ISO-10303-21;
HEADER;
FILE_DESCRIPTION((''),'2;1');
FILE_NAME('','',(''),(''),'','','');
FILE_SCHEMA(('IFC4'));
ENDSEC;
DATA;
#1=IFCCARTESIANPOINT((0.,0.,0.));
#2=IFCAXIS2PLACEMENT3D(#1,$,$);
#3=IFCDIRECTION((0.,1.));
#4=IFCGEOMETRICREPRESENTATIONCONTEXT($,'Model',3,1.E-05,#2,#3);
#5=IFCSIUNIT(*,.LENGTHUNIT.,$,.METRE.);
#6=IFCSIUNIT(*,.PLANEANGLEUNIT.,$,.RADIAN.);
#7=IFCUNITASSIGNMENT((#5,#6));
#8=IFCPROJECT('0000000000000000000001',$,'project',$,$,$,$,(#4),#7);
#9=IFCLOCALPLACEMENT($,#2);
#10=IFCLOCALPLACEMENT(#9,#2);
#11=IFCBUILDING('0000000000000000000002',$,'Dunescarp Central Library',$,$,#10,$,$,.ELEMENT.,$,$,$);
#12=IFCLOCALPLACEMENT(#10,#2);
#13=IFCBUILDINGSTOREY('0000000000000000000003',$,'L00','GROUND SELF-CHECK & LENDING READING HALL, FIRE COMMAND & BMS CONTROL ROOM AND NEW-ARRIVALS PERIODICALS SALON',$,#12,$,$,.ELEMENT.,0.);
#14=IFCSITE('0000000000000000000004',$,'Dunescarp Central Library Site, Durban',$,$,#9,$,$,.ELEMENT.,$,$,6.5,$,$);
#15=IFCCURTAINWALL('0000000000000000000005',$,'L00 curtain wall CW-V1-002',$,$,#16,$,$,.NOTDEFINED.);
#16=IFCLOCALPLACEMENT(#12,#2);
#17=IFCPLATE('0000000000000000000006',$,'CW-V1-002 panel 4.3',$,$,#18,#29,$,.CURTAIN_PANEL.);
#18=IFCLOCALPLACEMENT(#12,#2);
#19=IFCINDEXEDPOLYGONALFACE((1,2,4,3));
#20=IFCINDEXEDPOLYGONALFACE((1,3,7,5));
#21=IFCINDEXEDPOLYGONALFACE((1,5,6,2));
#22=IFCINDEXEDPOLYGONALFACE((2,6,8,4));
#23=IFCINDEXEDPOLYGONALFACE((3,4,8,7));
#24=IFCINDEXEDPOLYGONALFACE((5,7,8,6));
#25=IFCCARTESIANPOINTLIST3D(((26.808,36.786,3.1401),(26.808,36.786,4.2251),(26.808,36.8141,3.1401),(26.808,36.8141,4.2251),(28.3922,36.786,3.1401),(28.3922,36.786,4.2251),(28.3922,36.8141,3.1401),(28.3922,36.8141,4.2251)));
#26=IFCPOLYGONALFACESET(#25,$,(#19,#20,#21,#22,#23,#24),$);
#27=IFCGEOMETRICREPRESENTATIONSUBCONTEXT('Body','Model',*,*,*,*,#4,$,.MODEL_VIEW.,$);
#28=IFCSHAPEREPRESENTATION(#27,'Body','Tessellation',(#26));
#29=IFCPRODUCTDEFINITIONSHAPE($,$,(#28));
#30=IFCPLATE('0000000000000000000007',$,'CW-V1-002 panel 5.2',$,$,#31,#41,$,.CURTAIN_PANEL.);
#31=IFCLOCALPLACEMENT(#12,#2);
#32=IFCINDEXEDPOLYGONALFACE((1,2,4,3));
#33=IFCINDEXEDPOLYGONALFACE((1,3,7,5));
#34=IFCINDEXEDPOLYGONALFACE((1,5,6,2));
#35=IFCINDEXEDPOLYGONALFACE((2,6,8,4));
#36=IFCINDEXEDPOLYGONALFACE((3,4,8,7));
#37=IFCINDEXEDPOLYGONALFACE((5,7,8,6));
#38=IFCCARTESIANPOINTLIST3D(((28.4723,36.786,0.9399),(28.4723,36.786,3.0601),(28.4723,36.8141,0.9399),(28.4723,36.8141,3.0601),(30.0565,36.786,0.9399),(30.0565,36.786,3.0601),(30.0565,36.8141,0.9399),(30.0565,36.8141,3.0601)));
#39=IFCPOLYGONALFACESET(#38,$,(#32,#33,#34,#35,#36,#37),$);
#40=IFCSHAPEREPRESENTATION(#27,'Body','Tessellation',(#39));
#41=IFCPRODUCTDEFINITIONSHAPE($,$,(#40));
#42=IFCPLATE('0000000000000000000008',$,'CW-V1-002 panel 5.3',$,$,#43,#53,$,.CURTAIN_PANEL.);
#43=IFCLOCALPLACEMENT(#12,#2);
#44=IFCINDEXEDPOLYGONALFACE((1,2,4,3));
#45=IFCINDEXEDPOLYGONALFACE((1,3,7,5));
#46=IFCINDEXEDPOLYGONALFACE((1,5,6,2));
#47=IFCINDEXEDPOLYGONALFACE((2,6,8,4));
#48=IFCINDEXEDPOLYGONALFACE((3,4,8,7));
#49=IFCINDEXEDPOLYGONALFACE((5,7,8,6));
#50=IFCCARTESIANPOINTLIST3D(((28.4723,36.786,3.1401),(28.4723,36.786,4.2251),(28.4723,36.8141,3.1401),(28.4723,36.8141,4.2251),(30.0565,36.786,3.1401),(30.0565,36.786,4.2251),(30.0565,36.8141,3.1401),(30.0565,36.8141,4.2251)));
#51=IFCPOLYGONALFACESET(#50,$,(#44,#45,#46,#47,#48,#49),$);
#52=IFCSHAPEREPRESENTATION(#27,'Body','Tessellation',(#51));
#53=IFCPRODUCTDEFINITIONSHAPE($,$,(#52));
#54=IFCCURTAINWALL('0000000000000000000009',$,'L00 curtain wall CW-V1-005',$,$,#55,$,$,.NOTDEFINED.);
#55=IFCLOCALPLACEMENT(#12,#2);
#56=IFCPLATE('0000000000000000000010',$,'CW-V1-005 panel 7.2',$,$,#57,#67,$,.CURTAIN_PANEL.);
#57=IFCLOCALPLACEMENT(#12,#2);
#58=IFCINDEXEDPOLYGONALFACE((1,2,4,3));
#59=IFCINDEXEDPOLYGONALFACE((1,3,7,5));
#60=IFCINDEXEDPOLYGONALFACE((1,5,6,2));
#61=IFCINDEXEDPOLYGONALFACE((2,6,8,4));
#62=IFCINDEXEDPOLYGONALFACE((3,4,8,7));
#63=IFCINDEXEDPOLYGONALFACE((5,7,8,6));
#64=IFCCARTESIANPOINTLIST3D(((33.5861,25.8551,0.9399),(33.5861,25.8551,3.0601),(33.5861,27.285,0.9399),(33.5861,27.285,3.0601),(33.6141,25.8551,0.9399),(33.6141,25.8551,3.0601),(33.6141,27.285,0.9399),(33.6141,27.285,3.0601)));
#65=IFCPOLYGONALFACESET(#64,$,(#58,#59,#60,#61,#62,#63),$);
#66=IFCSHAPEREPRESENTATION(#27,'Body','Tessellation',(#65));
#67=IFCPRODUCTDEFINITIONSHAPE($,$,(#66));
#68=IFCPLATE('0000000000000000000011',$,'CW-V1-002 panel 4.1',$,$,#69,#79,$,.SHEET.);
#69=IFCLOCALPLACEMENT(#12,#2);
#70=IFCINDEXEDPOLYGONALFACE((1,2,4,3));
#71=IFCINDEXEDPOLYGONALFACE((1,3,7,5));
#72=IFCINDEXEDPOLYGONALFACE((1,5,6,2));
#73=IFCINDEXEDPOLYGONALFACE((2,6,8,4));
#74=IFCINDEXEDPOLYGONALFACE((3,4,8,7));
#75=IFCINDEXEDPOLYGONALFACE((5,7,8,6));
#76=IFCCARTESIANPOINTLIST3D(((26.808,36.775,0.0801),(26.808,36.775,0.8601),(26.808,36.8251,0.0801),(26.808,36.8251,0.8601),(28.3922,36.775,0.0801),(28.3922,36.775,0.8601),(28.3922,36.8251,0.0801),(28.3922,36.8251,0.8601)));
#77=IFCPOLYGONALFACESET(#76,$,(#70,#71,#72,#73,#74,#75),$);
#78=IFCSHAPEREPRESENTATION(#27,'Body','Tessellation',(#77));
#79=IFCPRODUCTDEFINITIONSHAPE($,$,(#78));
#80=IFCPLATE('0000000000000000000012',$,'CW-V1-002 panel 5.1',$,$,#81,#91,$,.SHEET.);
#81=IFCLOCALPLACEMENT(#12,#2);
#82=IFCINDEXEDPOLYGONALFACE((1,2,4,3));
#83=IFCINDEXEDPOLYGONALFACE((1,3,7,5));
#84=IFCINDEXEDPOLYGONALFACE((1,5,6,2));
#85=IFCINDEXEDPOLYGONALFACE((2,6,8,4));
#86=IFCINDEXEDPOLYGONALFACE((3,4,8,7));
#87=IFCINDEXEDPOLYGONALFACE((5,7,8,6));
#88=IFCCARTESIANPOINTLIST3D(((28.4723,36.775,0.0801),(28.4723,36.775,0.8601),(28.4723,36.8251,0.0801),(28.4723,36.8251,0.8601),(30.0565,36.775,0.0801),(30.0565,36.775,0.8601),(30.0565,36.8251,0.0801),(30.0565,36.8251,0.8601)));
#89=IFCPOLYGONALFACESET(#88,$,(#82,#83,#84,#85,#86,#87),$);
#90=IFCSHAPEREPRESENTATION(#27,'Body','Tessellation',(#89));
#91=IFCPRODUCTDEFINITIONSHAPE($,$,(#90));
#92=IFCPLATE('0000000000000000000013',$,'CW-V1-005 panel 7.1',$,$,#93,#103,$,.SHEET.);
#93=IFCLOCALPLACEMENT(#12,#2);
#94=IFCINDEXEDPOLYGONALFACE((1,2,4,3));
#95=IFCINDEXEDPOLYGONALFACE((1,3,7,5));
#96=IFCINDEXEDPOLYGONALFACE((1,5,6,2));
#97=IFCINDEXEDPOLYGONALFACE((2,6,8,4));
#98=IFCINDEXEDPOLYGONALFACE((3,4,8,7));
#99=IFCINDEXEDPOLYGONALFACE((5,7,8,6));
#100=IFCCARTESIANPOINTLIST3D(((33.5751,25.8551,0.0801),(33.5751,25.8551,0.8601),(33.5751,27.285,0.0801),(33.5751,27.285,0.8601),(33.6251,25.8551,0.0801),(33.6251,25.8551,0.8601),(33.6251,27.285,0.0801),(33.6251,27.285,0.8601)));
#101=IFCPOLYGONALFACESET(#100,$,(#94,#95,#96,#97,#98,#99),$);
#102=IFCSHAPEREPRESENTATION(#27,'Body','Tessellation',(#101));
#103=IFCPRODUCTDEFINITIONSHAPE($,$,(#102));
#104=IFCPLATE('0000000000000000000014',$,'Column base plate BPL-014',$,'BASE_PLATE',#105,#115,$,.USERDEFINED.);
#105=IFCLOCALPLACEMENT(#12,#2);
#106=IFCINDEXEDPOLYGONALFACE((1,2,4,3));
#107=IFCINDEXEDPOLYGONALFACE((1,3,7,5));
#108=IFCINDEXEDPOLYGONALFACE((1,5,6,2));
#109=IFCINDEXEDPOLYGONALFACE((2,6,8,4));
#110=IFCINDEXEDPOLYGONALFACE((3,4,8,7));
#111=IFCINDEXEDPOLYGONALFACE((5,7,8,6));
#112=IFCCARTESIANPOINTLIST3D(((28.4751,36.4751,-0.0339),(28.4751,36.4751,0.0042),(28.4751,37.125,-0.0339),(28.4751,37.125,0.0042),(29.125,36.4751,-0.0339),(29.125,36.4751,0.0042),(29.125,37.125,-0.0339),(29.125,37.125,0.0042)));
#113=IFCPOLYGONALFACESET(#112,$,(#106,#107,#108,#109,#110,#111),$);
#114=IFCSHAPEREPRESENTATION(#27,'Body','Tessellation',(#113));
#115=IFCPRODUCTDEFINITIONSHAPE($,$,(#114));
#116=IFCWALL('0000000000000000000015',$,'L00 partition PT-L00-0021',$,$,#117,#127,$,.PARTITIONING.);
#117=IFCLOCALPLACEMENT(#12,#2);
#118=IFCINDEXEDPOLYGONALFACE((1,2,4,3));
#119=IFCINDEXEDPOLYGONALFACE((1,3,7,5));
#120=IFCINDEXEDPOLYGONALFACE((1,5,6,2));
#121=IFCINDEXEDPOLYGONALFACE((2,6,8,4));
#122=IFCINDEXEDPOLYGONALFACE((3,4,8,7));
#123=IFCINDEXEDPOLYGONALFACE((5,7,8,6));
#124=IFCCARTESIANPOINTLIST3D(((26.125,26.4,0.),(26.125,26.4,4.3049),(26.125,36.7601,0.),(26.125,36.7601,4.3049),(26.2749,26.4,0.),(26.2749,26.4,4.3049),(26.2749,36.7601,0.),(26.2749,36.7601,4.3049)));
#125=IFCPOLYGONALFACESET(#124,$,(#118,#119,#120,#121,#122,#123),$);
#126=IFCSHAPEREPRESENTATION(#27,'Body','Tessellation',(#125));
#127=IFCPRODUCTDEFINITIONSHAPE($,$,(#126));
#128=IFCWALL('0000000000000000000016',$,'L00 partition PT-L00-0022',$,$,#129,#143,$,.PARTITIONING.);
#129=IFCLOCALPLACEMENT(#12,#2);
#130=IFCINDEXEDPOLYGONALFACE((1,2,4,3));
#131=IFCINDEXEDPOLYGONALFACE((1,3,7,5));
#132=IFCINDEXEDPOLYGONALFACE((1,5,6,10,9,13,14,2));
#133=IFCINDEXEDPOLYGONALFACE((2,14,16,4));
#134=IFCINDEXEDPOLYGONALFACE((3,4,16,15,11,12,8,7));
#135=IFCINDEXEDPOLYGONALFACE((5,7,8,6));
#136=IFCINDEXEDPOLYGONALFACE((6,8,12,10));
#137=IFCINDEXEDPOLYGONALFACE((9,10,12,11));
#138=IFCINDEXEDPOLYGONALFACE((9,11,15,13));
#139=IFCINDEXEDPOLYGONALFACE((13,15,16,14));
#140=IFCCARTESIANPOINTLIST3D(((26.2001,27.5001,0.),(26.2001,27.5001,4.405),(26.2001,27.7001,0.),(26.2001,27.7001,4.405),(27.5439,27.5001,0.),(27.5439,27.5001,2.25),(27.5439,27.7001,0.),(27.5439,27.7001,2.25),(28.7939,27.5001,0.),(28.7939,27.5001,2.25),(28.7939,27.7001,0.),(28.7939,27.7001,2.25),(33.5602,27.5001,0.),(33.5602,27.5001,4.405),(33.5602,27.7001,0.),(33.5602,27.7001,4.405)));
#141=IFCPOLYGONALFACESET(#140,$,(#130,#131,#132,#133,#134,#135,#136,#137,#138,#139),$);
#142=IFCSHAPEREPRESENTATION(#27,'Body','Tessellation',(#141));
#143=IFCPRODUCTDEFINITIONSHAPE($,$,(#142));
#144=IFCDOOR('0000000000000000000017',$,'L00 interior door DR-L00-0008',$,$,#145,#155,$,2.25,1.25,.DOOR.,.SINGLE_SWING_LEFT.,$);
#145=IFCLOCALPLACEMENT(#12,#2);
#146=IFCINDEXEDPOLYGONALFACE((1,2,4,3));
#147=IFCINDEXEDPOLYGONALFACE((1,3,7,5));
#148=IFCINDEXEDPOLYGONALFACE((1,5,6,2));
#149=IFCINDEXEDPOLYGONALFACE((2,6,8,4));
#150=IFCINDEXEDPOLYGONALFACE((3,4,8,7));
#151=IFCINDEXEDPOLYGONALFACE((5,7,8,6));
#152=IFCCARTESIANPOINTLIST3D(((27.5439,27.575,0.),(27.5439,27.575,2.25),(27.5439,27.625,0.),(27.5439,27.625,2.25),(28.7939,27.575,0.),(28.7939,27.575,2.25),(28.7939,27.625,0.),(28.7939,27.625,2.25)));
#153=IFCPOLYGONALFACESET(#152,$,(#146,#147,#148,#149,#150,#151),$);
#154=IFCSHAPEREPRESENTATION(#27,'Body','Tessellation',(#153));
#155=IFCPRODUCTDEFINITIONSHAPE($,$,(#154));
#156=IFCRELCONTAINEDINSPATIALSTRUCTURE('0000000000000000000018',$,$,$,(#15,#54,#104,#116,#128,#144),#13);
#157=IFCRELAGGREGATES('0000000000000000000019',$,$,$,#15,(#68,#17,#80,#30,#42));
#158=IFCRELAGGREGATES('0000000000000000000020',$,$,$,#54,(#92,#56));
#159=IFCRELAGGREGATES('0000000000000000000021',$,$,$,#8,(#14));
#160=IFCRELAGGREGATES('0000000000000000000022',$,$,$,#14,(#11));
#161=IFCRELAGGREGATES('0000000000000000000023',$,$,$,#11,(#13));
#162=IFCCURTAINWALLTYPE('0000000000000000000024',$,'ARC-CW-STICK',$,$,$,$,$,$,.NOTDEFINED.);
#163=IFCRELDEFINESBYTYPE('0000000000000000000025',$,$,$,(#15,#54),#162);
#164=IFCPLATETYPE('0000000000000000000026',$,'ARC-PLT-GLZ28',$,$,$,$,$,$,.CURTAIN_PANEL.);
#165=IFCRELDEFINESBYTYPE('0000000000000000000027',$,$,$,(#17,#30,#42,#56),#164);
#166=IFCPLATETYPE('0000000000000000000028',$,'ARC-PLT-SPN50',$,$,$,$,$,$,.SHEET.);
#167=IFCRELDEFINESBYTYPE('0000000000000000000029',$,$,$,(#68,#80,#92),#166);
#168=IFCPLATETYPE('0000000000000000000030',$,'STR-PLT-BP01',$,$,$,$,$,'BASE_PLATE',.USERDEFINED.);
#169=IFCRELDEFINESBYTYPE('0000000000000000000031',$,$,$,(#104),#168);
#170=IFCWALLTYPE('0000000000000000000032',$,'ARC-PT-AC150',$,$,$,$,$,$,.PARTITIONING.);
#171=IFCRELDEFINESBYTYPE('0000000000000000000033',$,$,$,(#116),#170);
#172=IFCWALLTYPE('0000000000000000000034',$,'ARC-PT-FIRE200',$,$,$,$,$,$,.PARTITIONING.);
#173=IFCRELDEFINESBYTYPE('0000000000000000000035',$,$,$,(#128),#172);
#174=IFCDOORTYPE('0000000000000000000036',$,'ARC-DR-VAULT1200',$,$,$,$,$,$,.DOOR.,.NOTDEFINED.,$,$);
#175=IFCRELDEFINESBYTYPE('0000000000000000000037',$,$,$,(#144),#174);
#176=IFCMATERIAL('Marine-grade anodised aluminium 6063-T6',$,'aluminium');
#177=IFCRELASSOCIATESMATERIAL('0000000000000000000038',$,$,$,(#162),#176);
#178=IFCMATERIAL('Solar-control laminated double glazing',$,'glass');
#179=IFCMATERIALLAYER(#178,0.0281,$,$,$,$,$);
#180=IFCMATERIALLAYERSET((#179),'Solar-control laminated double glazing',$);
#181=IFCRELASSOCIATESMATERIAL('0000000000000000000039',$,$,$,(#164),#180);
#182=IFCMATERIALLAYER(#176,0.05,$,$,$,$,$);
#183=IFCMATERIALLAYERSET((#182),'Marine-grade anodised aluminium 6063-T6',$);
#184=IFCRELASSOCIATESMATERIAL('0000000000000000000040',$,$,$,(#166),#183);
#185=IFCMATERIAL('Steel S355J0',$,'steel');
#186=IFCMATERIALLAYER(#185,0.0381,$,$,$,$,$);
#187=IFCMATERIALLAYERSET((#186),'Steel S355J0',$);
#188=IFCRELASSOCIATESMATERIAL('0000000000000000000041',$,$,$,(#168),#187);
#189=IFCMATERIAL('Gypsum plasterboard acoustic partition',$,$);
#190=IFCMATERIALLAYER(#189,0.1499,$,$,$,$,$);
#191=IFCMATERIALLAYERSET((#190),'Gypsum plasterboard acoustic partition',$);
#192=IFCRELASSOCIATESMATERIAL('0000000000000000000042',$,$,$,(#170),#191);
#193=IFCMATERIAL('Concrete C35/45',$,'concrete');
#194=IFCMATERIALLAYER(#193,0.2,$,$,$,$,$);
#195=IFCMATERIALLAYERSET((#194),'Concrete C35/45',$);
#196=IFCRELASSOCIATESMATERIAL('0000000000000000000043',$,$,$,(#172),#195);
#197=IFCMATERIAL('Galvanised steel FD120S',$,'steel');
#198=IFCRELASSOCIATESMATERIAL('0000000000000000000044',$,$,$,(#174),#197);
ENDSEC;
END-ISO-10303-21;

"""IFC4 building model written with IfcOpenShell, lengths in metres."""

from ifc_helpers import new_model, si_unit, direction, frame, frame_2d, origin, origin_2d, place, context, subcontext, project, spatial, rectangle, extrude, material, layer, layer_set, type_object, element, fill, aggregate, save


model = new_model("IFC4")

# Units and contexts
model_context = context("Model", 3, precision=1e-05, world=origin(), true_north=direction((0.0, 1.0)))
body_context = subcontext(model_context, "Body", "Model", "MODEL_VIEW")
ifc_project = project(units=[si_unit("LENGTHUNIT", "METRE"), si_unit("PLANEANGLEUNIT", "RADIAN")], contexts=[model_context])

# Site, building, storey
site_placement = place(None, origin())
site = spatial("IfcSite", under=ifc_project, at=site_placement, Name="Dunescarp Central Library Site, Durban", CompositionType="ELEMENT", RefElevation=6.5)
building_placement = place(site_placement, origin())
building = spatial("IfcBuilding", under=site, at=building_placement, Name="Dunescarp Central Library", CompositionType="ELEMENT")
storey_placement = place(building_placement, origin())
storey = spatial("IfcBuildingStorey", under=building, at=storey_placement, Name="L00", Description="GROUND SELF-CHECK & LENDING READING HALL, FIRE COMMAND & BMS CONTROL ROOM AND NEW-ARRIVALS PERIODICALS SALON", CompositionType="ELEMENT", Elevation=0.0)

# Curtain wall, plates
ifc_material_1 = material(Name="Marine-grade anodised aluminium 6063-T6", Category="aluminium")
curtain_wall_type = type_object("IfcCurtainWallType", Name="ARC-CW-STICK", PredefinedType="NOTDEFINED", material=ifc_material_1)
curtain_wall_1_placement = place(storey_placement, origin())
curtain_wall_1 = element("IfcCurtainWall", 1, at=curtain_wall_1_placement, inside=storey, type_object=curtain_wall_type, Name="L00 curtain wall CW-V1-002", PredefinedType="NOTDEFINED")
ifc_material_2 = material(Name="Solar-control laminated double glazing", Category="glass")
ifc_layer_1 = layer(ifc_material_2, 0.0281)
ifc_layer_set_1 = layer_set([ifc_layer_1], Name="Solar-control laminated double glazing")
plate_type_1 = type_object("IfcPlateType", Name="ARC-PLT-GLZ28", PredefinedType="CURTAIN_PANEL", material=ifc_layer_set_1)
plate_1_placement = place(storey_placement, frame((27.6001, 36.8, 3.1401), z_axis=(0.0, 0.0, 1.0), x_axis=(1.0, 0.0, 0.0)))
plate_1 = element("IfcPlate", 2, at=plate_1_placement, type_object=plate_type_1, Name="CW-V1-002 panel 4.3", PredefinedType="CURTAIN_PANEL", context=body_context, shape_type="SweptSolid", body=[
    extrude(rectangle(XDim=1.5842, YDim=0.0281, at=origin_2d()), origin(), (0.0, 0.0, 1.0), 1.085),
])
plate_2_placement = place(storey_placement, frame((29.2644, 36.8, 0.9399), z_axis=(0.0, 0.0, 1.0), x_axis=(1.0, 0.0, 0.0)))
plate_2 = element("IfcPlate", 3, at=plate_2_placement, type_object=plate_type_1, Name="CW-V1-002 panel 5.2", PredefinedType="CURTAIN_PANEL", context=body_context, shape_type="SweptSolid", body=[
    extrude(rectangle(XDim=1.5842, YDim=0.0281, at=origin_2d()), origin(), (0.0, 0.0, 1.0), 2.1201),
])
plate_3_placement = place(storey_placement, frame((29.2644, 36.8, 3.1401), z_axis=(0.0, 0.0, 1.0), x_axis=(1.0, 0.0, 0.0)))
plate_3 = element("IfcPlate", 4, at=plate_3_placement, type_object=plate_type_1, Name="CW-V1-002 panel 5.3", PredefinedType="CURTAIN_PANEL", context=body_context, shape_type="SweptSolid", body=[
    extrude(rectangle(XDim=1.5842, YDim=0.0281, at=origin_2d()), origin(), (0.0, 0.0, 1.0), 1.085),
])

# Curtain wall, plate
curtain_wall_2_placement = place(storey_placement, origin())
curtain_wall_2 = element("IfcCurtainWall", 5, at=curtain_wall_2_placement, inside=storey, type_object=curtain_wall_type, Name="L00 curtain wall CW-V1-005", PredefinedType="NOTDEFINED")
plate_4_placement = place(storey_placement, frame((33.6001, 26.5701, 0.9399), z_axis=(0.0, 0.0, 1.0), x_axis=(0.0, -1.0, 0.0)))
plate_4 = element("IfcPlate", 6, at=plate_4_placement, type_object=plate_type_1, Name="CW-V1-005 panel 7.2", PredefinedType="CURTAIN_PANEL", context=body_context, shape_type="SweptSolid", body=[
    extrude(rectangle(XDim=1.4299, YDim=0.0281, at=origin_2d()), origin(), (0.0, 0.0, 1.0), 2.1201),
])

# Plates
ifc_layer_2 = layer(ifc_material_1, 0.05)
ifc_layer_set_2 = layer_set([ifc_layer_2], Name="Marine-grade anodised aluminium 6063-T6")
plate_type_2 = type_object("IfcPlateType", Name="ARC-PLT-SPN50", PredefinedType="SHEET", material=ifc_layer_set_2)
plate_5_placement = place(storey_placement, frame((27.6001, 36.8, 0.0801), z_axis=(0.0, 0.0, 1.0), x_axis=(1.0, 0.0, 0.0)))
plate_5 = element("IfcPlate", 7, at=plate_5_placement, type_object=plate_type_2, Name="CW-V1-002 panel 4.1", PredefinedType="SHEET", context=body_context, shape_type="SweptSolid", body=[
    extrude(rectangle(XDim=1.5842, YDim=0.05, at=origin_2d()), origin(), (0.0, 0.0, 1.0), 0.78),
])
plate_6_placement = place(storey_placement, frame((29.2644, 36.8, 0.0801), z_axis=(0.0, 0.0, 1.0), x_axis=(1.0, 0.0, 0.0)))
plate_6 = element("IfcPlate", 8, at=plate_6_placement, type_object=plate_type_2, Name="CW-V1-002 panel 5.1", PredefinedType="SHEET", context=body_context, shape_type="SweptSolid", body=[
    extrude(rectangle(XDim=1.5842, YDim=0.05, at=origin_2d()), origin(), (0.0, 0.0, 1.0), 0.78),
])
aggregate(curtain_wall_1, [plate_5, plate_1, plate_6, plate_2, plate_3])
plate_7_placement = place(storey_placement, frame((33.6001, 26.5701, 0.0801), z_axis=(0.0, 0.0, 1.0), x_axis=(0.0, -1.0, 0.0)))
plate_7 = element("IfcPlate", 9, at=plate_7_placement, type_object=plate_type_2, Name="CW-V1-005 panel 7.1", PredefinedType="SHEET", context=body_context, shape_type="SweptSolid", body=[
    extrude(rectangle(XDim=1.4299, YDim=0.05, at=origin_2d()), origin(), (0.0, 0.0, 1.0), 0.78),
])
aggregate(curtain_wall_2, [plate_7, plate_4])
ifc_material_3 = material(Name="Steel S355J0", Category="steel")
ifc_layer_3 = layer(ifc_material_3, 0.0381)
ifc_layer_set_3 = layer_set([ifc_layer_3], Name="Steel S355J0")
plate_type_3 = type_object("IfcPlateType", Name="STR-PLT-BP01", ElementType="BASE_PLATE", PredefinedType="USERDEFINED", material=ifc_layer_set_3)
plate_8_placement = place(storey_placement, frame((28.8, 36.8, -0.0339), z_axis=(0.0, 0.0, 1.0), x_axis=(1.0, 0.0, 0.0)))
element("IfcPlate", 10, at=plate_8_placement, inside=storey, type_object=plate_type_3, Name="Column base plate BPL-014", ObjectType="BASE_PLATE", PredefinedType="USERDEFINED", context=body_context, shape_type="SweptSolid", body=[
    extrude(rectangle(XDim=0.6499, YDim=0.6499, at=origin_2d()), origin(), (0.0, 0.0, 1.0), 0.0381),
])

# Wall
ifc_material_4 = material(Name="Gypsum plasterboard acoustic partition")
ifc_layer_4 = layer(ifc_material_4, 0.1499)
ifc_layer_set_4 = layer_set([ifc_layer_4], Name="Gypsum plasterboard acoustic partition")
wall_type_1 = type_object("IfcWallType", Name="ARC-PT-AC150", PredefinedType="PARTITIONING", material=ifc_layer_set_4)
wall_1_placement = place(storey_placement, frame((26.2, 26.3999, 0.0), z_axis=(0.0, 0.0, 1.0), x_axis=(0.0, 1.0, 0.0)))
element("IfcWall", 11, at=wall_1_placement, inside=storey, type_object=wall_type_1, Name="L00 partition PT-L00-0021", PredefinedType="PARTITIONING", context=body_context, shape_type="SweptSolid", body=[
    extrude(rectangle(XDim=10.3601, YDim=0.1499, at=frame_2d((5.1802, 0.0))), origin(), (0.0, 0.0, 1.0), 4.3049),
])

# Wall, opening, door
ifc_material_5 = material(Name="Concrete C35/45", Category="concrete")
ifc_layer_5 = layer(ifc_material_5, 0.2)
ifc_layer_set_5 = layer_set([ifc_layer_5], Name="Concrete C35/45")
wall_type_2 = type_object("IfcWallType", Name="ARC-PT-FIRE200", PredefinedType="PARTITIONING", material=ifc_layer_set_5)
wall_2_placement = place(storey_placement, frame((26.2, 27.6001, 0.0), z_axis=(0.0, 0.0, 1.0), x_axis=(1.0, 0.0, 0.0)))
wall_2 = element("IfcWall", 12, at=wall_2_placement, inside=storey, type_object=wall_type_2, Name="L00 partition PT-L00-0022", PredefinedType="PARTITIONING", context=body_context, shape_type="SweptSolid", body=[
    extrude(rectangle(XDim=7.3601, YDim=0.2, at=frame_2d((3.6802, 0.0))), origin(), (0.0, 0.0, 1.0), 4.405),
])
opening_placement = place(wall_2_placement, frame((1.344, 0.0, 0.0)))
opening = element("IfcOpeningElement", 13, at=opening_placement, cuts=wall_2, PredefinedType="OPENING", context=body_context, shape_type="SweptSolid", body=[
    extrude(rectangle(XDim=1.25, YDim=2.25, at=frame_2d((0.625, 1.125))), frame((0.0, 0.1099, 0.0), z_axis=(0.0, -1.0, 0.0), x_axis=(1.0, 0.0, 0.0)), (0.0, 0.0, 1.0), 0.22),
])
ifc_material_6 = material(Name="Galvanised steel FD120S", Category="steel")
door_type = type_object("IfcDoorType", Name="ARC-DR-VAULT1200", OperationType="NOTDEFINED", PredefinedType="DOOR", material=ifc_material_6)
door_placement = place(opening_placement, origin())
door = element("IfcDoor", 14, at=door_placement, inside=storey, type_object=door_type, Name="L00 interior door DR-L00-0008", OperationType="SINGLE_SWING_LEFT", OverallHeight=2.25, OverallWidth=1.25, PredefinedType="DOOR", context=body_context, shape_type="SweptSolid", body=[
    extrude(rectangle(XDim=1.25, YDim=2.25, at=frame_2d((0.625, 1.125))), frame((0.0, 0.0249, 0.0), z_axis=(0.0, -1.0, 0.0), x_axis=(1.0, 0.0, 0.0)), (0.0, 0.0, 1.0), 0.05),
])
fill(opening, door)

save(model, "model.ifc")
